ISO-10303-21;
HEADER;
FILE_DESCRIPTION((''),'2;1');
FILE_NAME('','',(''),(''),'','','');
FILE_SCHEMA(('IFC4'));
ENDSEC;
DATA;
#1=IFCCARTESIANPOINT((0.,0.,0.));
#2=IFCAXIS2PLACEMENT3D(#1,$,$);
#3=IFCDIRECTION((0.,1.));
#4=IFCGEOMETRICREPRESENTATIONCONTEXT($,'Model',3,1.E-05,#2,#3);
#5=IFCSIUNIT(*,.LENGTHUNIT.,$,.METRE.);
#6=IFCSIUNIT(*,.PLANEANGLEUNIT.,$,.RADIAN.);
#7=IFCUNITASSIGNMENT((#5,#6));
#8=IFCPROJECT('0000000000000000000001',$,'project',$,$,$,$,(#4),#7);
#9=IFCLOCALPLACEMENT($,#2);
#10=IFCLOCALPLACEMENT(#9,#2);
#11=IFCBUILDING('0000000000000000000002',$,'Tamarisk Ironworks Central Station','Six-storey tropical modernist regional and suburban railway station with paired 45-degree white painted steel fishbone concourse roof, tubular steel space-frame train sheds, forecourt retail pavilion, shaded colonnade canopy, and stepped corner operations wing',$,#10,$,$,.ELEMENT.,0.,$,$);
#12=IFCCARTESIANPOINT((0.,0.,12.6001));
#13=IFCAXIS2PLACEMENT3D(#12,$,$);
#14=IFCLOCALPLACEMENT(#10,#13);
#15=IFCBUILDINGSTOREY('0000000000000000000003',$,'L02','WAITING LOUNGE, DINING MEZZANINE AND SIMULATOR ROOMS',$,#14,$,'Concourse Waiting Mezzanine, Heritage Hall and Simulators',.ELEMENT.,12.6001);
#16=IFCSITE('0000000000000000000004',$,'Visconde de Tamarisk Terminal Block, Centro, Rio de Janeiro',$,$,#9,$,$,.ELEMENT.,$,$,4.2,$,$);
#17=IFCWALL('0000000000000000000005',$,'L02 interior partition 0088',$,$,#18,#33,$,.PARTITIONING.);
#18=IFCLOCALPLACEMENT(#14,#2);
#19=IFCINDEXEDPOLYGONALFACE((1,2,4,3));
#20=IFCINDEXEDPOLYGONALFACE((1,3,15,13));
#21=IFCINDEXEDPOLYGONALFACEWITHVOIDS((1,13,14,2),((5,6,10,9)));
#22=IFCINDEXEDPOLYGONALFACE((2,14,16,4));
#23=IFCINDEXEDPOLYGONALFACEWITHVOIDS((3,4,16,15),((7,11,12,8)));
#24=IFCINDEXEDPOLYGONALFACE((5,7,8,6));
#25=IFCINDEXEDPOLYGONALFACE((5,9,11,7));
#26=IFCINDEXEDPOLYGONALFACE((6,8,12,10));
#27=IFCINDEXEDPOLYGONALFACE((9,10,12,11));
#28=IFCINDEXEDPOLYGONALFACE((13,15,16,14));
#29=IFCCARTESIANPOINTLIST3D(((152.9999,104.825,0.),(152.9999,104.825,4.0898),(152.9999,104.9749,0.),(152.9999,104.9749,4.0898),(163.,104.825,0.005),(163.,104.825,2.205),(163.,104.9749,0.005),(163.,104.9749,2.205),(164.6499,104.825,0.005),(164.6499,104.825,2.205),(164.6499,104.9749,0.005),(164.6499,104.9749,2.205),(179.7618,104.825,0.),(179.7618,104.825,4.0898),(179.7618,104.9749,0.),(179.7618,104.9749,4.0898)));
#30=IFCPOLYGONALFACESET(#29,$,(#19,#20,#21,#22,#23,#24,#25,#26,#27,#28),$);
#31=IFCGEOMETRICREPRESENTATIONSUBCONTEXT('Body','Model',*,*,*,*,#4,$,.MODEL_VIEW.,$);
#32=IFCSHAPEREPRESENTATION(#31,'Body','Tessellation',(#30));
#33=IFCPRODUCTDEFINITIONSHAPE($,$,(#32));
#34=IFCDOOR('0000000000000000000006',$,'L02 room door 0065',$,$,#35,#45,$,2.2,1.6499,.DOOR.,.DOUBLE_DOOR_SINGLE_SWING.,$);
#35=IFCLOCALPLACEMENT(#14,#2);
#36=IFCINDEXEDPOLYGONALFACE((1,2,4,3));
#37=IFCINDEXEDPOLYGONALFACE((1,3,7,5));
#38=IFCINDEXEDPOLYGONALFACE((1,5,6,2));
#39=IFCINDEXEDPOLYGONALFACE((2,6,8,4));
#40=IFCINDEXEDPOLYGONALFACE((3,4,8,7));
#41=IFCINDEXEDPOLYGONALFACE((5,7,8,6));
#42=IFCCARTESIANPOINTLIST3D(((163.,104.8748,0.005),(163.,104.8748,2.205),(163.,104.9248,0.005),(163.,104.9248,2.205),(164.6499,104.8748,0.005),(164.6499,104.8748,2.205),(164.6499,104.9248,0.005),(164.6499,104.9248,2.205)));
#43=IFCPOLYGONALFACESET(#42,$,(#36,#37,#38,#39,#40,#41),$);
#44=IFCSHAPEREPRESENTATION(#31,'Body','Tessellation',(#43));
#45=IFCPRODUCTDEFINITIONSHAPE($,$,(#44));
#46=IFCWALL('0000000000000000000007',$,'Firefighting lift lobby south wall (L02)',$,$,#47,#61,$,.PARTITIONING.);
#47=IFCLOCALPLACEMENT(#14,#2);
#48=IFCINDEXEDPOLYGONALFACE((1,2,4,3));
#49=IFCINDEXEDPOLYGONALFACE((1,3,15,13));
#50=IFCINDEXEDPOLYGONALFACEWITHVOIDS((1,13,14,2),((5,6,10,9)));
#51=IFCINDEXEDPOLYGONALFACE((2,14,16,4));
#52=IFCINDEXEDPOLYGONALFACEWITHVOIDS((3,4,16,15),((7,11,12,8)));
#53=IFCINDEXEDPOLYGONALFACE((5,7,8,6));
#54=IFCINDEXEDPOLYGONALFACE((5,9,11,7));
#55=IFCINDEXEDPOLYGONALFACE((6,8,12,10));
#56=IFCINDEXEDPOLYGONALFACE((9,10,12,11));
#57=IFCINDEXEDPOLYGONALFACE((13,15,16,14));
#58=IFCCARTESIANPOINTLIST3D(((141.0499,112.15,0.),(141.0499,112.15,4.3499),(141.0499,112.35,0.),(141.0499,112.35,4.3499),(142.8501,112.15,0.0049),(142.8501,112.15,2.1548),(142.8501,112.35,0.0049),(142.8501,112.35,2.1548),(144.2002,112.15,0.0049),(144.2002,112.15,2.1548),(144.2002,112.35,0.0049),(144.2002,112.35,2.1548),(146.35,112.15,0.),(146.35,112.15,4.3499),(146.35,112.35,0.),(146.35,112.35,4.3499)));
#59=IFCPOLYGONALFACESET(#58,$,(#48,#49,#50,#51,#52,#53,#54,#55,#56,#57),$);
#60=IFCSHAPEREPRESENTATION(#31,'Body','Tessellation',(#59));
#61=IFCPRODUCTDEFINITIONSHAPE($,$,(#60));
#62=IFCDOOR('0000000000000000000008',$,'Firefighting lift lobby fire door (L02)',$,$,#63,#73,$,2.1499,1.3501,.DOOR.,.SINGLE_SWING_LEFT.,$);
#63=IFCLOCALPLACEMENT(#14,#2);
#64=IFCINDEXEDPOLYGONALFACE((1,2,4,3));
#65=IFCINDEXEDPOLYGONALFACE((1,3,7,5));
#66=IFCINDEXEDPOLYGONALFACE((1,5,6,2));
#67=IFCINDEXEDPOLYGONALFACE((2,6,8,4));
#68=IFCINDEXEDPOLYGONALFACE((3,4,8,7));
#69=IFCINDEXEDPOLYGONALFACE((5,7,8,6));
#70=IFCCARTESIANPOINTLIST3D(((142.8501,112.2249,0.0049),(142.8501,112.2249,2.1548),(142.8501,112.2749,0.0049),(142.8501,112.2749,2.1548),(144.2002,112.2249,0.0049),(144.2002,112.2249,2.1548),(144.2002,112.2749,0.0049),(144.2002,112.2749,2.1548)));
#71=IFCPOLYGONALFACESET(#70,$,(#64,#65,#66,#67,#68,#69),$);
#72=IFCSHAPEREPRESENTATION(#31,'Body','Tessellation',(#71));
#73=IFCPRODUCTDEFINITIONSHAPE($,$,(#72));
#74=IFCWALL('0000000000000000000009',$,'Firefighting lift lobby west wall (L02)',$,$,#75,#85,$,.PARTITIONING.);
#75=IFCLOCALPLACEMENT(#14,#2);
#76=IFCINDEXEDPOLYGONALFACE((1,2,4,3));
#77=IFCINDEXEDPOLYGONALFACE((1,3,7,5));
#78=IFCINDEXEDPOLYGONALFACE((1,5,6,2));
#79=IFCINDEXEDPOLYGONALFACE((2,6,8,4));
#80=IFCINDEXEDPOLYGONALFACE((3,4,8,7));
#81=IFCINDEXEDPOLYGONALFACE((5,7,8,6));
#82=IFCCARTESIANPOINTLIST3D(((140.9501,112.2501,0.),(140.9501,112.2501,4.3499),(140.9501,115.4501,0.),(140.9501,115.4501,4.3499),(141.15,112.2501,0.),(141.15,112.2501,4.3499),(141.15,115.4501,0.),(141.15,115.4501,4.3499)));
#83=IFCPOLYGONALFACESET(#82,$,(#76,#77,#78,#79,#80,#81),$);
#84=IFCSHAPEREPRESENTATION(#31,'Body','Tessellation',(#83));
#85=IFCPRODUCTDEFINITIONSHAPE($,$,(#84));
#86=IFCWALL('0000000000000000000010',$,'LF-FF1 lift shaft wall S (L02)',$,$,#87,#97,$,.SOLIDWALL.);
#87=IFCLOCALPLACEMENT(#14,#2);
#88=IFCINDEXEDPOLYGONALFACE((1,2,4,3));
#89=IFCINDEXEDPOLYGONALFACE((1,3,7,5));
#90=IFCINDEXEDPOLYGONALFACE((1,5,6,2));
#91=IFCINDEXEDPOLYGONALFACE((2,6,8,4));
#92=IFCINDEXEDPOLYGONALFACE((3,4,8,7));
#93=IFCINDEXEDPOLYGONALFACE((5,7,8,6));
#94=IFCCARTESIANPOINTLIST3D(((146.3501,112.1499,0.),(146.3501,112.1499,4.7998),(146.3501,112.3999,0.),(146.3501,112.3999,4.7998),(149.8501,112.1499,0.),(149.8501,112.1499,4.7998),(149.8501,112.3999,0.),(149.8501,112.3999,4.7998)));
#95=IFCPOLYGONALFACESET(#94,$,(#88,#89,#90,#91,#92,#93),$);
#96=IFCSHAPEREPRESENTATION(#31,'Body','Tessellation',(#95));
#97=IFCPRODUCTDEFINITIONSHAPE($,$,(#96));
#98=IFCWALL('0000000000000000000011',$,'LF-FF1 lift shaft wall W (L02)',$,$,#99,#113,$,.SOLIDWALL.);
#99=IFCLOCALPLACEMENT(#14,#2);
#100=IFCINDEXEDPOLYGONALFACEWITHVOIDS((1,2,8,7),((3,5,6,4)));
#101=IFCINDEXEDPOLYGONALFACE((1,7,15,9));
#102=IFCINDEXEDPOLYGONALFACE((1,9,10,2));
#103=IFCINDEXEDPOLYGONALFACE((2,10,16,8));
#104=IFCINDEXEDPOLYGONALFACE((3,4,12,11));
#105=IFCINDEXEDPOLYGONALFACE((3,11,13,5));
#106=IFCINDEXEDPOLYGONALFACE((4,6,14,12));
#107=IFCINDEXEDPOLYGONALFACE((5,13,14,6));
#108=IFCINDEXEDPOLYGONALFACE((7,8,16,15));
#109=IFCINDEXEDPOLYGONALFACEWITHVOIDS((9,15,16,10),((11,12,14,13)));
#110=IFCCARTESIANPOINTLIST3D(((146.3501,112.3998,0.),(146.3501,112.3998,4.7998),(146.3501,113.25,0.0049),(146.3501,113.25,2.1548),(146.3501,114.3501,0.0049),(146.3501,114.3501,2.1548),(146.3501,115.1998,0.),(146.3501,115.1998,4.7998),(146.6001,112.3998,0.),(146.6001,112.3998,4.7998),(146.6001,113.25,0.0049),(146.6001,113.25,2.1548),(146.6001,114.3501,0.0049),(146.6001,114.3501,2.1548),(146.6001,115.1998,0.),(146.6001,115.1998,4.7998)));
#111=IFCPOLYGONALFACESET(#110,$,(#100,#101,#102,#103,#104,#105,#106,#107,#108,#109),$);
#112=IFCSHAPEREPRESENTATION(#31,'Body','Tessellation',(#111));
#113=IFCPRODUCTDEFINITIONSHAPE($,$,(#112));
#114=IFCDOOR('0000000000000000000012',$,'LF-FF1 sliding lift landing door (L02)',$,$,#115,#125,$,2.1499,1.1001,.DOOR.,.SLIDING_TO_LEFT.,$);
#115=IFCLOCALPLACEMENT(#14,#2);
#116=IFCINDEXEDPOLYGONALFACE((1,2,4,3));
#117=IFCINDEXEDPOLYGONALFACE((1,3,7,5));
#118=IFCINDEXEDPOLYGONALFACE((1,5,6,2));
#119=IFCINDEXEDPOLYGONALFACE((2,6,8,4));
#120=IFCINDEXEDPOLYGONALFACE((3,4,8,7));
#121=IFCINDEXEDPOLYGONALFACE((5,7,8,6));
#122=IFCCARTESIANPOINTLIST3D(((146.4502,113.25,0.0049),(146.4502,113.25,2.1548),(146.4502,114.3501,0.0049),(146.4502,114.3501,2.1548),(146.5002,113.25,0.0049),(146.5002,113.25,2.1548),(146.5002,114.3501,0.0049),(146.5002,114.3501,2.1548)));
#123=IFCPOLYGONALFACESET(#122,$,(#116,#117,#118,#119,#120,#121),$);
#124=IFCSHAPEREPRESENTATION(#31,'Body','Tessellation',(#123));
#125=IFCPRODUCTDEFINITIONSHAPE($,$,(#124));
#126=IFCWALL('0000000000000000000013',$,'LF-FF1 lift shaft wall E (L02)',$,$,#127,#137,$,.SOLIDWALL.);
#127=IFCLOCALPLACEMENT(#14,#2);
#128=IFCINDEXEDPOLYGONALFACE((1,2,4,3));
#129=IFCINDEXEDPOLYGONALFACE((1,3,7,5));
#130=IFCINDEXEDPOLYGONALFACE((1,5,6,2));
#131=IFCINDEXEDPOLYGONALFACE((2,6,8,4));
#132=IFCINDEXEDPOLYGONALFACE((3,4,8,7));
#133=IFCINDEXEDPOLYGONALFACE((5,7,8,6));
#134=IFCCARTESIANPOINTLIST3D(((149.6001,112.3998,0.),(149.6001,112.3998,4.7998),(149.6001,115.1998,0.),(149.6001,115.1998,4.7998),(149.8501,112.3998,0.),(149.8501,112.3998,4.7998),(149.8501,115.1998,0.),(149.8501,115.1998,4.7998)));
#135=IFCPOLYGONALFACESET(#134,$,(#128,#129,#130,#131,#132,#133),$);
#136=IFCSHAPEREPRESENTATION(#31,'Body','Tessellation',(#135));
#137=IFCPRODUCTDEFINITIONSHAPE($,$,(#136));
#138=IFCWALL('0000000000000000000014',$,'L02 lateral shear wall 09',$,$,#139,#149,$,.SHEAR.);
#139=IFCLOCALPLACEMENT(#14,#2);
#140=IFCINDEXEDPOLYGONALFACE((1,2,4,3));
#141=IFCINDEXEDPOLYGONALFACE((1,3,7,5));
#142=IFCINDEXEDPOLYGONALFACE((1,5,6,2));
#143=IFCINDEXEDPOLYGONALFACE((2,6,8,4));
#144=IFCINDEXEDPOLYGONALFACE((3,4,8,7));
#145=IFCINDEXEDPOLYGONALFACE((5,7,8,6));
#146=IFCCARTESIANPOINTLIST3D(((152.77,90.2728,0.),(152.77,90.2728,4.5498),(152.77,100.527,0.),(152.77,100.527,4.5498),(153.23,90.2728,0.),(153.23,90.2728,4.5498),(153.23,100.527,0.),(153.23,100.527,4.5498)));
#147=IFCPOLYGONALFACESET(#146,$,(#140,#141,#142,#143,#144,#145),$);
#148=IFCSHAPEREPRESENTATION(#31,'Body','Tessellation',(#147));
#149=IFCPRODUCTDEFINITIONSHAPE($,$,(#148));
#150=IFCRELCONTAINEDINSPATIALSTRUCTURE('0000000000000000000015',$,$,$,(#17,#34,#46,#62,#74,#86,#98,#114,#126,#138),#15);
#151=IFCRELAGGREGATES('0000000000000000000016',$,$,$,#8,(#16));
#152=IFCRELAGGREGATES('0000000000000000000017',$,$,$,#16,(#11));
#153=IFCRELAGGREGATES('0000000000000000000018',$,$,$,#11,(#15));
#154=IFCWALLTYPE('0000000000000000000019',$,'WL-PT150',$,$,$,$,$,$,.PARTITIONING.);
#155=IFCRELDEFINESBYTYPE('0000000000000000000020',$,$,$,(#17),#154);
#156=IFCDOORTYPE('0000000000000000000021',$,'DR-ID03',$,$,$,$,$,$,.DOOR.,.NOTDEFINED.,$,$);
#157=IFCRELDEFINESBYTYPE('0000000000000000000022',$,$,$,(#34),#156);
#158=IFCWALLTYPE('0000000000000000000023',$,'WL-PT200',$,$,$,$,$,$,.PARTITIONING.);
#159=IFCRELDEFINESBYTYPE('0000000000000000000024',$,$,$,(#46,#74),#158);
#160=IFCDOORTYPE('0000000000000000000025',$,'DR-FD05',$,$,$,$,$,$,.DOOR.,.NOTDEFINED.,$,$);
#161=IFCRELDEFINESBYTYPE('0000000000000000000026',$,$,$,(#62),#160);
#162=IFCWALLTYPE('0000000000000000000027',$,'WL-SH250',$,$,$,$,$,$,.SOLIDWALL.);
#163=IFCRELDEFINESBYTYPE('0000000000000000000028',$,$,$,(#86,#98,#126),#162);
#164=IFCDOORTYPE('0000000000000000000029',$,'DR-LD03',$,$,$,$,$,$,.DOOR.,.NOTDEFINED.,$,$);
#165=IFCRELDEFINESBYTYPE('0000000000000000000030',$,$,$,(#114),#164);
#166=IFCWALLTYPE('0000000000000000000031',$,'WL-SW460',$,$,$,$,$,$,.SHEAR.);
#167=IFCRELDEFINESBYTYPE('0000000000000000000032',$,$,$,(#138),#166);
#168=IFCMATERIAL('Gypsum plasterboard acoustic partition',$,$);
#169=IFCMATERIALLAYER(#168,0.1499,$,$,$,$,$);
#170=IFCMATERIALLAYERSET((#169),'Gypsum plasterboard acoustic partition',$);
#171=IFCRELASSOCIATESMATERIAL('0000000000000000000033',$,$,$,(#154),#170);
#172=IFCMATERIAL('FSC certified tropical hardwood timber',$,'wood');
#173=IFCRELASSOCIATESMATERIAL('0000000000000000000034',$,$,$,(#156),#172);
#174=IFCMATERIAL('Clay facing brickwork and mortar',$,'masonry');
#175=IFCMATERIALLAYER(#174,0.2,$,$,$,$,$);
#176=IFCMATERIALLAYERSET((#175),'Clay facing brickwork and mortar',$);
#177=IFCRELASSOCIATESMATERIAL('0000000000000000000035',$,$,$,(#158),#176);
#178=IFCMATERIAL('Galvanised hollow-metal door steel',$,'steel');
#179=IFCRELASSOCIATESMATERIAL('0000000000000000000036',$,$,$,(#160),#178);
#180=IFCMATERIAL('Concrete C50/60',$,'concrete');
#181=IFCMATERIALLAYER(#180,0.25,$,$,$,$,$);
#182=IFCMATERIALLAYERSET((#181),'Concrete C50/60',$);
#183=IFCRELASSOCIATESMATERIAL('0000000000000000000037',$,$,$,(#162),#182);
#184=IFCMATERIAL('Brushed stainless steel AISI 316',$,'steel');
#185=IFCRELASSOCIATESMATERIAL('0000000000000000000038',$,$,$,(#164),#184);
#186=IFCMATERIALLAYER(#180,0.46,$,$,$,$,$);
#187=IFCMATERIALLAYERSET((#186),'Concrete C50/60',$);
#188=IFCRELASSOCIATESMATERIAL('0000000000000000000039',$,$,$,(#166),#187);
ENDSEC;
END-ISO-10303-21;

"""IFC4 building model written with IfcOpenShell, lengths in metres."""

from ifc_helpers import new_model, si_unit, direction, frame, frame_2d, origin, place, context, subcontext, project, spatial, rectangle, extrude, material, layer, layer_set, type_object, element, fill, save


model = new_model("IFC4")

# Units and contexts
model_context = context("Model", 3, precision=1e-05, world=origin(), true_north=direction((0.0, 1.0)))
body_context = subcontext(model_context, "Body", "Model", "MODEL_VIEW")
ifc_project = project(units=[si_unit("LENGTHUNIT", "METRE"), si_unit("PLANEANGLEUNIT", "RADIAN")], contexts=[model_context])

# Site, building, storey
site_placement = place(None, origin())
site = spatial("IfcSite", under=ifc_project, at=site_placement, Name="Visconde de Tamarisk Terminal Block, Centro, Rio de Janeiro", CompositionType="ELEMENT", RefElevation=4.2)
building_placement = place(site_placement, origin())
building = spatial("IfcBuilding", under=site, at=building_placement, Name="Tamarisk Ironworks Central Station", Description="Six-storey tropical modernist regional and suburban railway station with paired 45-degree white painted steel fishbone concourse roof, tubular steel space-frame train sheds, forecourt retail pavilion, shaded colonnade canopy, and stepped corner operations wing", CompositionType="ELEMENT", ElevationOfRefHeight=0.0)
storey_placement = place(building_placement, frame((0.0, 0.0, 12.6001)))
storey = spatial("IfcBuildingStorey", under=building, at=storey_placement, Name="L02", Description="WAITING LOUNGE, DINING MEZZANINE AND SIMULATOR ROOMS", LongName="Concourse Waiting Mezzanine, Heritage Hall and Simulators", CompositionType="ELEMENT", Elevation=12.6001)

# Shared definitions
ifc_material_1 = material(Name="Gypsum plasterboard acoustic partition")
ifc_material_2 = material(Name="FSC certified tropical hardwood timber", Category="wood")

# Walls, openings, doors
ifc_layer_1 = layer(ifc_material_1, 0.1499)
ifc_layer_set_1 = layer_set([ifc_layer_1], Name="Gypsum plasterboard acoustic partition")
wall_type_1 = type_object("IfcWallType", Name="WL-PT150", PredefinedType="PARTITIONING", material=ifc_layer_set_1)
wall_1_placement = place(storey_placement, frame((153.0, 104.8999, 0.0), z_axis=(0.0, 0.0, 1.0), x_axis=(1.0, 0.0, 0.0)))
wall_1 = element("IfcWall", 1, at=wall_1_placement, inside=storey, type_object=wall_type_1, Name="L02 interior partition 0088", PredefinedType="PARTITIONING", context=body_context, shape_type="SweptSolid", body=[
    extrude(rectangle(XDim=26.762, YDim=0.1499, at=frame_2d((13.3809, 0.0))), origin(), (0.0, 0.0, 1.0), 4.0898),
])
opening_1_placement = place(wall_1_placement, frame((10.0, 0.0, 0.0049)))
opening_1 = element("IfcOpeningElement", 2, at=opening_1_placement, cuts=wall_1, PredefinedType="OPENING", context=body_context, shape_type="SweptSolid", body=[
    extrude(rectangle(XDim=1.6499, YDim=2.2, at=frame_2d((0.825, 1.1001))), frame((0.0, 0.0869, 0.0), z_axis=(0.0, -1.0, 0.0), x_axis=(1.0, 0.0, 0.0)), (0.0, 0.0, 1.0), 0.1738),
])
door_type_1 = type_object("IfcDoorType", Name="DR-ID03", OperationType="NOTDEFINED", PredefinedType="DOOR", material=ifc_material_2)
door_1_placement = place(opening_1_placement, origin())
door_1 = element("IfcDoor", 3, at=door_1_placement, inside=storey, type_object=door_type_1, Name="L02 room door 0065", OperationType="DOUBLE_DOOR_SINGLE_SWING", OverallHeight=2.2, OverallWidth=1.6499, PredefinedType="DOOR", context=body_context, shape_type="SweptSolid", body=[
    extrude(rectangle(XDim=1.6499, YDim=2.2, at=frame_2d((0.825, 1.1001))), frame((0.0, 0.0249, 0.0), z_axis=(0.0, -1.0, 0.0), x_axis=(1.0, 0.0, 0.0)), (0.0, 0.0, 1.0), 0.05),
])
fill(opening_1, door_1)
ifc_material_3 = material(Name="Clay facing brickwork and mortar", Category="masonry")
ifc_layer_2 = layer(ifc_material_3, 0.2)
ifc_layer_set_2 = layer_set([ifc_layer_2], Name="Clay facing brickwork and mortar")
wall_type_2 = type_object("IfcWallType", Name="WL-PT200", PredefinedType="PARTITIONING", material=ifc_layer_set_2)
wall_2_placement = place(storey_placement, frame((141.05, 112.25, 0.0), z_axis=(0.0, 0.0, 1.0), x_axis=(1.0, 0.0, 0.0)))
wall_2 = element("IfcWall", 4, at=wall_2_placement, inside=storey, type_object=wall_type_2, Name="Firefighting lift lobby south wall (L02)", PredefinedType="PARTITIONING", context=body_context, shape_type="SweptSolid", body=[
    extrude(rectangle(XDim=5.3, YDim=0.2, at=frame_2d((2.6499, 0.0))), origin(), (0.0, 0.0, 1.0), 4.3499),
])
opening_2_placement = place(wall_2_placement, frame((1.8, 0.0, 0.0049)))
opening_2 = element("IfcOpeningElement", 5, at=opening_2_placement, cuts=wall_2, PredefinedType="OPENING", context=body_context, shape_type="SweptSolid", body=[
    extrude(rectangle(XDim=1.3501, YDim=2.1499, at=frame_2d((0.675, 1.075))), frame((0.0, 0.1118, 0.0), z_axis=(0.0, -1.0, 0.0), x_axis=(1.0, 0.0, 0.0)), (0.0, 0.0, 1.0), 0.2239),
])
ifc_material_4 = material(Name="Galvanised hollow-metal door steel", Category="steel")
door_type_2 = type_object("IfcDoorType", Name="DR-FD05", OperationType="NOTDEFINED", PredefinedType="DOOR", material=ifc_material_4)
door_2_placement = place(opening_2_placement, origin())
door_2 = element("IfcDoor", 6, at=door_2_placement, inside=storey, type_object=door_type_2, Name="Firefighting lift lobby fire door (L02)", OperationType="SINGLE_SWING_LEFT", OverallHeight=2.1499, OverallWidth=1.3501, PredefinedType="DOOR", context=body_context, shape_type="SweptSolid", body=[
    extrude(rectangle(XDim=1.3501, YDim=2.1499, at=frame_2d((0.675, 1.075))), frame((0.0, 0.0249, 0.0), z_axis=(0.0, -1.0, 0.0), x_axis=(1.0, 0.0, 0.0)), (0.0, 0.0, 1.0), 0.05),
])
fill(opening_2, door_2)

# Walls
wall_3_placement = place(storey_placement, frame((141.05, 112.25, 0.0), z_axis=(0.0, 0.0, 1.0), x_axis=(0.0, 1.0, 0.0)))
element("IfcWall", 7, at=wall_3_placement, inside=storey, type_object=wall_type_2, Name="Firefighting lift lobby west wall (L02)", PredefinedType="PARTITIONING", context=body_context, shape_type="SweptSolid", body=[
    extrude(rectangle(XDim=3.2, YDim=0.2, at=frame_2d((1.6001, 0.0))), origin(), (0.0, 0.0, 1.0), 4.3499),
])
ifc_material_5 = material(Name="Concrete C50/60", Category="concrete")
ifc_layer_3 = layer(ifc_material_5, 0.25)
ifc_layer_set_3 = layer_set([ifc_layer_3], Name="Concrete C50/60")
wall_type_3 = type_object("IfcWallType", Name="WL-SH250", PredefinedType="SOLIDWALL", material=ifc_layer_set_3)
wall_4_placement = place(storey_placement, frame((146.3501, 112.2749, 0.0), z_axis=(0.0, 0.0, 1.0), x_axis=(1.0, 0.0, 0.0)))
element("IfcWall", 8, at=wall_4_placement, inside=storey, type_object=wall_type_3, Name="LF-FF1 lift shaft wall S (L02)", PredefinedType="SOLIDWALL", context=body_context, shape_type="SweptSolid", body=[
    extrude(rectangle(XDim=3.5, YDim=0.25, at=frame_2d((1.75, 0.0))), origin(), (0.0, 0.0, 1.0), 4.7998),
])

# Wall, opening, door
wall_5_placement = place(storey_placement, frame((146.4751, 112.3999, 0.0), z_axis=(0.0, 0.0, 1.0), x_axis=(0.0, 1.0, 0.0)))
wall_5 = element("IfcWall", 9, at=wall_5_placement, inside=storey, type_object=wall_type_3, Name="LF-FF1 lift shaft wall W (L02)", PredefinedType="SOLIDWALL", context=body_context, shape_type="SweptSolid", body=[
    extrude(rectangle(XDim=2.8, YDim=0.25, at=frame_2d((1.3999, 0.0))), origin(), (0.0, 0.0, 1.0), 4.7998),
])
opening_3_placement = place(wall_5_placement, frame((0.8501, 0.0, 0.0049)))
opening_3 = element("IfcOpeningElement", 10, at=opening_3_placement, cuts=wall_5, PredefinedType="OPENING", context=body_context, shape_type="SweptSolid", body=[
    extrude(rectangle(XDim=1.1001, YDim=2.1499, at=frame_2d((0.55, 1.075))), frame((0.0, 0.137, 0.0), z_axis=(0.0, -1.0, 0.0), x_axis=(1.0, 0.0, 0.0)), (0.0, 0.0, 1.0), 0.2739),
])
ifc_material_6 = material(Name="Brushed stainless steel AISI 316", Category="steel")
door_type_3 = type_object("IfcDoorType", Name="DR-LD03", OperationType="NOTDEFINED", PredefinedType="DOOR", material=ifc_material_6)
door_3_placement = place(opening_3_placement, origin())
door_3 = element("IfcDoor", 11, at=door_3_placement, inside=storey, type_object=door_type_3, Name="LF-FF1 sliding lift landing door (L02)", OperationType="SLIDING_TO_LEFT", OverallHeight=2.1499, OverallWidth=1.1001, PredefinedType="DOOR", context=body_context, shape_type="SweptSolid", body=[
    extrude(rectangle(XDim=1.1001, YDim=2.1499, at=frame_2d((0.55, 1.075))), frame((0.0, 0.0249, 0.0), z_axis=(0.0, -1.0, 0.0), x_axis=(1.0, 0.0, 0.0)), (0.0, 0.0, 1.0), 0.05),
])
fill(opening_3, door_3)

# Walls
wall_6_placement = place(storey_placement, frame((149.7251, 112.3999, 0.0), z_axis=(0.0, 0.0, 1.0), x_axis=(0.0, 1.0, 0.0)))
element("IfcWall", 12, at=wall_6_placement, inside=storey, type_object=wall_type_3, Name="LF-FF1 lift shaft wall E (L02)", PredefinedType="SOLIDWALL", context=body_context, shape_type="SweptSolid", body=[
    extrude(rectangle(XDim=2.8, YDim=0.25, at=frame_2d((1.3999, 0.0))), origin(), (0.0, 0.0, 1.0), 4.7998),
])
ifc_layer_4 = layer(ifc_material_5, 0.46)
ifc_layer_set_4 = layer_set([ifc_layer_4], Name="Concrete C50/60")
wall_type_4 = type_object("IfcWallType", Name="WL-SW460", PredefinedType="SHEAR", material=ifc_layer_set_4)
wall_7_placement = place(storey_placement, frame((153.0, 90.2729, 0.0), z_axis=(0.0, 0.0, 1.0), x_axis=(0.0, 1.0, 0.0)))
element("IfcWall", 13, at=wall_7_placement, inside=storey, type_object=wall_type_4, Name="L02 lateral shear wall 09", PredefinedType="SHEAR", context=body_context, shape_type="SweptSolid", body=[
    extrude(rectangle(XDim=10.2542, YDim=0.46, at=frame_2d((5.127, 0.0))), origin(), (0.0, 0.0, 1.0), 4.5498),
])

save(model, "model.ifc")
